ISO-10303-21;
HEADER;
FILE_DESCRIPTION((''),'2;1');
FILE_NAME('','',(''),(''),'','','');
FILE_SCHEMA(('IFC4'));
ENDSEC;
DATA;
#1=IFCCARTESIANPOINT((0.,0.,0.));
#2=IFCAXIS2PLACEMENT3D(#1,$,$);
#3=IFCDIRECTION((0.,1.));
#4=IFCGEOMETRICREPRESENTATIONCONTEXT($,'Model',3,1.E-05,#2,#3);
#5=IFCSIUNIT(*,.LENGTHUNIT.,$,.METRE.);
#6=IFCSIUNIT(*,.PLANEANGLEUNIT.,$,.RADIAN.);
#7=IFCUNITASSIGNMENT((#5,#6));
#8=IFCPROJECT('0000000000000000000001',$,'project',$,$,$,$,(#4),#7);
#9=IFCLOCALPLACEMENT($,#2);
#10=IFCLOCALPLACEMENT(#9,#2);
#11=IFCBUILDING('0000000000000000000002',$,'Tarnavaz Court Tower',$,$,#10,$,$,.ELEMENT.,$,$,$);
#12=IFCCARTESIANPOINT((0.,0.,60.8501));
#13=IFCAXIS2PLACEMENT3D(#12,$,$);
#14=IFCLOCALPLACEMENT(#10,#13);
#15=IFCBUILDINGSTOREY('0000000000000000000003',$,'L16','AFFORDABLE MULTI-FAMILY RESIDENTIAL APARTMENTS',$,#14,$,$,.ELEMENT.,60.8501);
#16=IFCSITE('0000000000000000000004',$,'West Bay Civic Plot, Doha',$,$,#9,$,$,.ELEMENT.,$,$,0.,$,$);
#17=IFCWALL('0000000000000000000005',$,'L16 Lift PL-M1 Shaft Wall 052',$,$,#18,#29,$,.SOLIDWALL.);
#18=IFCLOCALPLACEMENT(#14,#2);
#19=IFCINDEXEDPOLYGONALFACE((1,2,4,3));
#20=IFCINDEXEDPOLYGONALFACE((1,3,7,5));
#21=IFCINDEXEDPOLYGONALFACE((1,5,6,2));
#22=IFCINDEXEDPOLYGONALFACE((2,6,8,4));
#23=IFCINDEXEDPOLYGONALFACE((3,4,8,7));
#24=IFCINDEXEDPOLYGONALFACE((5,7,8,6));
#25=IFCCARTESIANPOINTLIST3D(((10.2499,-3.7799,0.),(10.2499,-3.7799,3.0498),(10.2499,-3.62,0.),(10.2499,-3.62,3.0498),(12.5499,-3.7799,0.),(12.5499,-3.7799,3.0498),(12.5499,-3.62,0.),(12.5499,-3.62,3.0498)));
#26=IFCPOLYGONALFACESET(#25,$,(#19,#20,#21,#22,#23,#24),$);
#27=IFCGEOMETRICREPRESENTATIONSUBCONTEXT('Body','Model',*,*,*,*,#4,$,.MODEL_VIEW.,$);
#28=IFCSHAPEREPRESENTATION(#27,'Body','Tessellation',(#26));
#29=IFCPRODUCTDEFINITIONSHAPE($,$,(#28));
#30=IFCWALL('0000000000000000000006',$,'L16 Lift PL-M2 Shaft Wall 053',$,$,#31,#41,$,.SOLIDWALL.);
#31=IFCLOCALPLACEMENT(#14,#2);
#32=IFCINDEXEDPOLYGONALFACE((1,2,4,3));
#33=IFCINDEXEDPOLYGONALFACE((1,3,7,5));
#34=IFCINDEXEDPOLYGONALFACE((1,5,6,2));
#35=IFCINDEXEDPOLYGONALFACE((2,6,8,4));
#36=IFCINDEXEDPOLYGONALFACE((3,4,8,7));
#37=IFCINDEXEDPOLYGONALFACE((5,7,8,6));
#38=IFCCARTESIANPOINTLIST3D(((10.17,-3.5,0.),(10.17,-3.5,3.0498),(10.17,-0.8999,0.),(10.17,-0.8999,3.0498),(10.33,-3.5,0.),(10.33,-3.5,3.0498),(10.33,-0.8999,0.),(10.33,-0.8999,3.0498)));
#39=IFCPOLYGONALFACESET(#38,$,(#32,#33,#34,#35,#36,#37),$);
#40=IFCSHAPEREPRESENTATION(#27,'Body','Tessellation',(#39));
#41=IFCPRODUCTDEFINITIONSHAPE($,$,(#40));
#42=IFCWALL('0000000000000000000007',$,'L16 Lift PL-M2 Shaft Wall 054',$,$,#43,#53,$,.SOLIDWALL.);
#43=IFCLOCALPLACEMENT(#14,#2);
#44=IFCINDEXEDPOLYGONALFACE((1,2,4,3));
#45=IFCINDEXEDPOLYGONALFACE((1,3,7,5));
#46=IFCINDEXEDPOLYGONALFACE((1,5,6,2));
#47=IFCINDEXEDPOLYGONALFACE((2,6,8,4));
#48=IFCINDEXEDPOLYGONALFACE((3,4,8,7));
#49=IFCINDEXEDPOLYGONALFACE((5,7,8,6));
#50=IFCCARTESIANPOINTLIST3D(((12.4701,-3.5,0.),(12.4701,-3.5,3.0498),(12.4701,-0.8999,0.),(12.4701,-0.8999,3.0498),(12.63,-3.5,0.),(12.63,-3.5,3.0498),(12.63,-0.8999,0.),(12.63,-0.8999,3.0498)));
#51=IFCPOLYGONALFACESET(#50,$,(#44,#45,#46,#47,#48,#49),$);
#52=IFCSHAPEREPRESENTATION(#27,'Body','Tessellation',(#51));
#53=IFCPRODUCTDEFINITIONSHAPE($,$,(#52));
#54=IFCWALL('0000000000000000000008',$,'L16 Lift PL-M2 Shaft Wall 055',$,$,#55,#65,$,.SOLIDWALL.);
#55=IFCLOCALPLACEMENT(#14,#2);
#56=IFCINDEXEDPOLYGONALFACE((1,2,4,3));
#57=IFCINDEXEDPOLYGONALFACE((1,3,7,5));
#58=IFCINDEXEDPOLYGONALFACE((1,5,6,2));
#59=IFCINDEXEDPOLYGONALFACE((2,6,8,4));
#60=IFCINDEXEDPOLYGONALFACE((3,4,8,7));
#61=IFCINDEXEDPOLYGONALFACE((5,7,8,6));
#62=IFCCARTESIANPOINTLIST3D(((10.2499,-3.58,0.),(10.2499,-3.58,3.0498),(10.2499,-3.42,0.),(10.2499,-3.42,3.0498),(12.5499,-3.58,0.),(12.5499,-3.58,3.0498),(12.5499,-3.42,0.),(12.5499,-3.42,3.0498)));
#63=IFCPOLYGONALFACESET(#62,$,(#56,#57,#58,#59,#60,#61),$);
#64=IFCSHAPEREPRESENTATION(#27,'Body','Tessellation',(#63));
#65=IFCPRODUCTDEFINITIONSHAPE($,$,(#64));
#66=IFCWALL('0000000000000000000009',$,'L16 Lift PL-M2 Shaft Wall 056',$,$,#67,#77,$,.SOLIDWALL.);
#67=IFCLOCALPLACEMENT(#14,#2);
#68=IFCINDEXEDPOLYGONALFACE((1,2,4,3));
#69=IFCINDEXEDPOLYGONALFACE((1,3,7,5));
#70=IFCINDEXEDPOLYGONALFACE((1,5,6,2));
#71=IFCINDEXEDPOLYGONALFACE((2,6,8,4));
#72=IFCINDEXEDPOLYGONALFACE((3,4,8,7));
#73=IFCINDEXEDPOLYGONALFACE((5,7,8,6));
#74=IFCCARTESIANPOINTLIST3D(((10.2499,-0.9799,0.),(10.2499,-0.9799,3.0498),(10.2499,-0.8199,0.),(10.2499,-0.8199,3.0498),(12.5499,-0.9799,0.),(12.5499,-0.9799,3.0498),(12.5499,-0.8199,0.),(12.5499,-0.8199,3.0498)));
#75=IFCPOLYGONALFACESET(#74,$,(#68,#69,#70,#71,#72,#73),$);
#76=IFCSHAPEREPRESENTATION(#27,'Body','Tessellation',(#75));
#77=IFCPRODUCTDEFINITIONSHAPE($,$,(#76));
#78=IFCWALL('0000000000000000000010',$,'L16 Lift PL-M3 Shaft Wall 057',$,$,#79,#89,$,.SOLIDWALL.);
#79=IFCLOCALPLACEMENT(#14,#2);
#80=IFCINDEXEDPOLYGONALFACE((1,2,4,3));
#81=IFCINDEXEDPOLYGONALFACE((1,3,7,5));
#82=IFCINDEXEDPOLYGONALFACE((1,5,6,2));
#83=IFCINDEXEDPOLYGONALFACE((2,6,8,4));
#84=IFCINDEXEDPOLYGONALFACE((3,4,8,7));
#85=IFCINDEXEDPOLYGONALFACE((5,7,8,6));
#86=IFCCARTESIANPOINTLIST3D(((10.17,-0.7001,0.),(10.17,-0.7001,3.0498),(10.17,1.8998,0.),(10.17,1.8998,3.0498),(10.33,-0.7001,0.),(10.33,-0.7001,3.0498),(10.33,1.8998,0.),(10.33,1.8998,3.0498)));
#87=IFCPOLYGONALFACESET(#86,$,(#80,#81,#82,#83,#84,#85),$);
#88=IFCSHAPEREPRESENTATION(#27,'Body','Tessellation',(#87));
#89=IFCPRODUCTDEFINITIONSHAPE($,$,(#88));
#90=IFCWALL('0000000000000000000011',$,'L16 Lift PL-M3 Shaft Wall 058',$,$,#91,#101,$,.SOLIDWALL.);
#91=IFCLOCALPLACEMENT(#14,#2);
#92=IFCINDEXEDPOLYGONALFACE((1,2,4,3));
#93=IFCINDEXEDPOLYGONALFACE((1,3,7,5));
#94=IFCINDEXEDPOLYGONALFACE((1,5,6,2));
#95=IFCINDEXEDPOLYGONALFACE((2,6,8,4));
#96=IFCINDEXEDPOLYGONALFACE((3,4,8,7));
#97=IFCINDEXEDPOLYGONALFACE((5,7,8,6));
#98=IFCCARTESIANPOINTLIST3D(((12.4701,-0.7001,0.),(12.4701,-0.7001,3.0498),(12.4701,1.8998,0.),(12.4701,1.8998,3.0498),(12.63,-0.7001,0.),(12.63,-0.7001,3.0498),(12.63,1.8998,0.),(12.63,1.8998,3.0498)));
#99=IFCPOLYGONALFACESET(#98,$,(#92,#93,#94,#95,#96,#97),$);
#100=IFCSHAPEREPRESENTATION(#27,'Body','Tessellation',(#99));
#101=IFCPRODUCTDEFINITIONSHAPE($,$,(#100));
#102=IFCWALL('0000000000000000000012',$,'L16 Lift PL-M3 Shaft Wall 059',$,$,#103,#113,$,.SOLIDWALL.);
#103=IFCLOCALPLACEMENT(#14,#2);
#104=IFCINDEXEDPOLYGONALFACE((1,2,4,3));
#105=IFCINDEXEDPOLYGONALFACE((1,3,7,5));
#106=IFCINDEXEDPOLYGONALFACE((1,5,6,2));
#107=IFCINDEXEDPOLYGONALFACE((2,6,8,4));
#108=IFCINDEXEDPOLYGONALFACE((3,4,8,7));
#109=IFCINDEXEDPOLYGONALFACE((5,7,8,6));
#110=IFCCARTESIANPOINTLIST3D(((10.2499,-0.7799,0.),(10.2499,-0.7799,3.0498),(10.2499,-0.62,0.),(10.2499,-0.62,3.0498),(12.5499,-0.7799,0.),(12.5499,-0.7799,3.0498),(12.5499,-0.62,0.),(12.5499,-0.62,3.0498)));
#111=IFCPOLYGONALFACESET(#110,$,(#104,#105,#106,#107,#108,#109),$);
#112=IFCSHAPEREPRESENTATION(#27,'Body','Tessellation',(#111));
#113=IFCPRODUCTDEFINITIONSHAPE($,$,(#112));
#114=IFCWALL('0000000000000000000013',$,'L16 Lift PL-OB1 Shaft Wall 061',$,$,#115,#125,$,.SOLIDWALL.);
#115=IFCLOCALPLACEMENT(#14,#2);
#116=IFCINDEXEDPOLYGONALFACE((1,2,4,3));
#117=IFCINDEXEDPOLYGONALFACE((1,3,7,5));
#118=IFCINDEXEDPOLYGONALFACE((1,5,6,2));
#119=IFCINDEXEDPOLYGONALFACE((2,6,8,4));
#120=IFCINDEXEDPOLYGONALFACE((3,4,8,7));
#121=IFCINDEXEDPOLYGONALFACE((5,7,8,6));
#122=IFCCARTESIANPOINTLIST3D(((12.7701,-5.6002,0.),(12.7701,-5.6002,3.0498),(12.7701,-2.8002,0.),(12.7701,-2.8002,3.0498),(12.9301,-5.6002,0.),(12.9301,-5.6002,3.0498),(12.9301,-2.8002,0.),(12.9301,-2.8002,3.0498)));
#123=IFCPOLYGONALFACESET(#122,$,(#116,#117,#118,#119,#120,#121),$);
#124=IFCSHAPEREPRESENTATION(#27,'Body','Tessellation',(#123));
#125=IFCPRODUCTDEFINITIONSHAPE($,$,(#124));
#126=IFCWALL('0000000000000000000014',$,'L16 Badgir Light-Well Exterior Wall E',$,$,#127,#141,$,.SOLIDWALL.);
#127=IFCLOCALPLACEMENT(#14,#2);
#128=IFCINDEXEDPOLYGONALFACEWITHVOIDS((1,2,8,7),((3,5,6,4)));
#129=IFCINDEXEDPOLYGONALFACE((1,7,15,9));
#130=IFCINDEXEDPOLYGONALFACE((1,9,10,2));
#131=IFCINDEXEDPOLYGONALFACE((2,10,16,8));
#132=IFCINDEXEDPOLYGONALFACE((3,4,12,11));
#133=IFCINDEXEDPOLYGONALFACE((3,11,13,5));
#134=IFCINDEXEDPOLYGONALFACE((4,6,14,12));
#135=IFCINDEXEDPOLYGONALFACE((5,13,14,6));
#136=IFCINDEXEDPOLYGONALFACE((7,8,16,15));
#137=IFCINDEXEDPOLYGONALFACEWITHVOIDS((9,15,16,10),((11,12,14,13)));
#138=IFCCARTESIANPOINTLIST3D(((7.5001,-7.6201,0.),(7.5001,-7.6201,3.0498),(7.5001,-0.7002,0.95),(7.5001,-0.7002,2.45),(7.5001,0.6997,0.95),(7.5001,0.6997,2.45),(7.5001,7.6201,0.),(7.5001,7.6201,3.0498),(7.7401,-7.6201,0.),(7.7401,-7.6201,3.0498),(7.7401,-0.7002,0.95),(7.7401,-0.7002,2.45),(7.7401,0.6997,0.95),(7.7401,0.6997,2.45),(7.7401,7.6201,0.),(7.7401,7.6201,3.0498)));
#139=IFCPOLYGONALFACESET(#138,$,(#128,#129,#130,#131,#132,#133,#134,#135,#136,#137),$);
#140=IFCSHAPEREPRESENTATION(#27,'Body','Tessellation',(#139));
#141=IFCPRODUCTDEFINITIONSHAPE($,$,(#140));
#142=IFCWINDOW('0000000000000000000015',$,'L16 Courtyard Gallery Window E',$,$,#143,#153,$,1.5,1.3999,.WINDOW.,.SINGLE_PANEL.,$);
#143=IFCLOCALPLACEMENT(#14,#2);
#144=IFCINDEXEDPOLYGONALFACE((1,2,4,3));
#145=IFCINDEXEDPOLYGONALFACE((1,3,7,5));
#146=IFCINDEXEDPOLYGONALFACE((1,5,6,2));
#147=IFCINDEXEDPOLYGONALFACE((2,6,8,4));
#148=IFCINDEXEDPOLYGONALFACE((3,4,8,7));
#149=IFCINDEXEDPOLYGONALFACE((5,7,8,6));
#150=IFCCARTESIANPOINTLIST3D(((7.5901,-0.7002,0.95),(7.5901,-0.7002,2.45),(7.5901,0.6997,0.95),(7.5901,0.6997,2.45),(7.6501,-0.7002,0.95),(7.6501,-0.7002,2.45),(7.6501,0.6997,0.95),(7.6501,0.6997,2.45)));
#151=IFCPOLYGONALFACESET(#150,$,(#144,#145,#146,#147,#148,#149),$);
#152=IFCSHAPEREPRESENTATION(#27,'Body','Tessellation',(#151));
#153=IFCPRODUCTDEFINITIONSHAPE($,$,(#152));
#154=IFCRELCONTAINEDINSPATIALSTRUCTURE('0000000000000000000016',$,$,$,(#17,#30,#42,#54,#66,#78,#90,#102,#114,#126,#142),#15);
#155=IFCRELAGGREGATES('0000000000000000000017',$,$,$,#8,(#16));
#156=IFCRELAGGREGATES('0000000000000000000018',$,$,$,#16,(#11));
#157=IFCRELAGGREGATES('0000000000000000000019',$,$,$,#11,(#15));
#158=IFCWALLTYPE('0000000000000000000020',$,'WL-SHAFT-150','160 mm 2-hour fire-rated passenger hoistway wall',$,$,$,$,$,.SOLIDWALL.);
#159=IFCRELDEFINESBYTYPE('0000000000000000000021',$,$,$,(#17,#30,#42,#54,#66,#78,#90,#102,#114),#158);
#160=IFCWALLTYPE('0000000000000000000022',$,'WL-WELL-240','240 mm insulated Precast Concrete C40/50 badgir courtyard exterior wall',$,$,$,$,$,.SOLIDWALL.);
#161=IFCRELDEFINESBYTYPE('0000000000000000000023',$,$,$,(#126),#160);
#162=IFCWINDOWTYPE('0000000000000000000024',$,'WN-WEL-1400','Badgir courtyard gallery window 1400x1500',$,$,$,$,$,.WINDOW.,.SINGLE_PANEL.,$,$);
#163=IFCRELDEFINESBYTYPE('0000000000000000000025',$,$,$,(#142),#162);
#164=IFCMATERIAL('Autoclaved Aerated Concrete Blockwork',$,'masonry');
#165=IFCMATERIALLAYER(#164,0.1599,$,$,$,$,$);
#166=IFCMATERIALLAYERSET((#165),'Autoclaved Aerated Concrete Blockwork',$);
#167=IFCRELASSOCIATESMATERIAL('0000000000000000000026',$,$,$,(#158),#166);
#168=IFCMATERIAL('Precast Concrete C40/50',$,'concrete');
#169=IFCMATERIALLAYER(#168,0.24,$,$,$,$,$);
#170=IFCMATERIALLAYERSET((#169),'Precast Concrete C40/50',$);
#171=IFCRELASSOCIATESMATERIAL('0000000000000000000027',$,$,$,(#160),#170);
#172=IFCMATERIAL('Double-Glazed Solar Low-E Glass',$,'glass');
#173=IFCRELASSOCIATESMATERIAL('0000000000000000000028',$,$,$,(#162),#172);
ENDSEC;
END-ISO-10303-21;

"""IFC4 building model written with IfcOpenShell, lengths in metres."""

from ifc_helpers import new_model, si_unit, direction, frame, frame_2d, origin, place, context, subcontext, project, spatial, rectangle, extrude, material, layer, layer_set, type_object, element, fill, save


model = new_model("IFC4")

# Units and contexts
model_context = context("Model", 3, precision=1e-05, world=origin(), true_north=direction((0.0, 1.0)))
body_context = subcontext(model_context, "Body", "Model", "MODEL_VIEW")
ifc_project = project(units=[si_unit("LENGTHUNIT", "METRE"), si_unit("PLANEANGLEUNIT", "RADIAN")], contexts=[model_context])

# Site, building, storey
site_placement = place(None, origin())
site = spatial("IfcSite", under=ifc_project, at=site_placement, Name="West Bay Civic Plot, Doha", CompositionType="ELEMENT", RefElevation=0.0)
building_placement = place(site_placement, origin())
building = spatial("IfcBuilding", under=site, at=building_placement, Name="Tarnavaz Court Tower", CompositionType="ELEMENT")
storey_placement = place(building_placement, frame((0.0, 0.0, 60.8501)))
storey = spatial("IfcBuildingStorey", under=building, at=storey_placement, Name="L16", Description="AFFORDABLE MULTI-FAMILY RESIDENTIAL APARTMENTS", CompositionType="ELEMENT", Elevation=60.8501)

# Walls
ifc_material_1 = material(Name="Autoclaved Aerated Concrete Blockwork", Category="masonry")
ifc_layer_1 = layer(ifc_material_1, 0.1599)
ifc_layer_set_1 = layer_set([ifc_layer_1], Name="Autoclaved Aerated Concrete Blockwork")
wall_type_1 = type_object("IfcWallType", Name="WL-SHAFT-150", Description="160 mm 2-hour fire-rated passenger hoistway wall", PredefinedType="SOLIDWALL", material=ifc_layer_set_1)
for number, where, z_axis, x_axis, name in (
    (1, (10.25, -3.7, 0.0), (0.0, 0.0, 1.0), (1.0, 0.0, 0.0), "L16 Lift PL-M1 Shaft Wall 052"),
):
    element("IfcWall", number, at=place(storey_placement, frame(where, z_axis=z_axis, x_axis=x_axis)), inside=storey, type_object=wall_type_1, Name=name, PredefinedType="SOLIDWALL", context=body_context, shape_type="SweptSolid", body=[
        extrude(rectangle(XDim=2.3, YDim=0.1599, at=frame_2d((1.1499, 0.0))), origin(), (0.0, 0.0, 1.0), 3.0498),
    ])
for number, where, z_axis, x_axis, name in (
    (2, (10.25, -3.5, 0.0), (0.0, 0.0, 1.0), (0.0, 1.0, 0.0), "L16 Lift PL-M2 Shaft Wall 053"),
    (3, (12.55, -3.5, 0.0), (0.0, 0.0, 1.0), (0.0, 1.0, 0.0), "L16 Lift PL-M2 Shaft Wall 054"),
):
    element("IfcWall", number, at=place(storey_placement, frame(where, z_axis=z_axis, x_axis=x_axis)), inside=storey, type_object=wall_type_1, Name=name, PredefinedType="SOLIDWALL", context=body_context, shape_type="SweptSolid", body=[
        extrude(rectangle(XDim=2.6001, YDim=0.1599, at=frame_2d((1.3, 0.0))), origin(), (0.0, 0.0, 1.0), 3.0498),
    ])
for number, where, z_axis, x_axis, name in (
    (4, (10.25, -3.5, 0.0), (0.0, 0.0, 1.0), (1.0, 0.0, 0.0), "L16 Lift PL-M2 Shaft Wall 055"),
    (5, (10.25, -0.8999, 0.0), (0.0, 0.0, 1.0), (1.0, 0.0, 0.0), "L16 Lift PL-M2 Shaft Wall 056"),
):
    element("IfcWall", number, at=place(storey_placement, frame(where, z_axis=z_axis, x_axis=x_axis)), inside=storey, type_object=wall_type_1, Name=name, PredefinedType="SOLIDWALL", context=body_context, shape_type="SweptSolid", body=[
        extrude(rectangle(XDim=2.3, YDim=0.1599, at=frame_2d((1.1499, 0.0))), origin(), (0.0, 0.0, 1.0), 3.0498),
    ])
for number, where, z_axis, x_axis, name in (
    (6, (10.25, -0.7, 0.0), (0.0, 0.0, 1.0), (0.0, 1.0, 0.0), "L16 Lift PL-M3 Shaft Wall 057"),
    (7, (12.55, -0.7, 0.0), (0.0, 0.0, 1.0), (0.0, 1.0, 0.0), "L16 Lift PL-M3 Shaft Wall 058"),
):
    element("IfcWall", number, at=place(storey_placement, frame(where, z_axis=z_axis, x_axis=x_axis)), inside=storey, type_object=wall_type_1, Name=name, PredefinedType="SOLIDWALL", context=body_context, shape_type="SweptSolid", body=[
        extrude(rectangle(XDim=2.5999, YDim=0.1599, at=frame_2d((1.2998, 0.0))), origin(), (0.0, 0.0, 1.0), 3.0498),
    ])
wall_1_placement = place(storey_placement, frame((10.25, -0.7, 0.0), z_axis=(0.0, 0.0, 1.0), x_axis=(1.0, 0.0, 0.0)))
element("IfcWall", 8, at=wall_1_placement, inside=storey, type_object=wall_type_1, Name="L16 Lift PL-M3 Shaft Wall 059", PredefinedType="SOLIDWALL", context=body_context, shape_type="SweptSolid", body=[
    extrude(rectangle(XDim=2.3, YDim=0.1599, at=frame_2d((1.1499, 0.0))), origin(), (0.0, 0.0, 1.0), 3.0498),
])
wall_2_placement = place(storey_placement, frame((12.8501, -5.6001, 0.0), z_axis=(0.0, 0.0, 1.0), x_axis=(0.0, 1.0, 0.0)))
element("IfcWall", 9, at=wall_2_placement, inside=storey, type_object=wall_type_1, Name="L16 Lift PL-OB1 Shaft Wall 061", PredefinedType="SOLIDWALL", context=body_context, shape_type="SweptSolid", body=[
    extrude(rectangle(XDim=2.8, YDim=0.1599, at=frame_2d((1.3999, 0.0))), origin(), (0.0, 0.0, 1.0), 3.0498),
])

# Wall, opening, window
ifc_material_2 = material(Name="Precast Concrete C40/50", Category="concrete")
ifc_layer_2 = layer(ifc_material_2, 0.24)
ifc_layer_set_2 = layer_set([ifc_layer_2], Name="Precast Concrete C40/50")
wall_type_2 = type_object("IfcWallType", Name="WL-WELL-240", Description="240 mm insulated Precast Concrete C40/50 badgir courtyard exterior wall", PredefinedType="SOLIDWALL", material=ifc_layer_set_2)
wall_3_placement = place(storey_placement, frame((7.6201, -7.6201, 0.0), z_axis=(0.0, 0.0, 1.0), x_axis=(0.0, 1.0, 0.0)))
wall_3 = element("IfcWall", 10, at=wall_3_placement, inside=storey, type_object=wall_type_2, Name="L16 Badgir Light-Well Exterior Wall E", PredefinedType="SOLIDWALL", context=body_context, shape_type="SweptSolid", body=[
    extrude(rectangle(XDim=15.2402, YDim=0.24, at=frame_2d((7.6201, 0.0))), origin(), (0.0, 0.0, 1.0), 3.0498),
])
opening_1_placement = place(wall_3_placement, frame((6.9199, 0.0, 0.95)))
opening_1 = element("IfcOpeningElement", 11, at=opening_1_placement, cuts=wall_3, PredefinedType="OPENING", context=body_context, shape_type="SweptSolid", body=[
    extrude(rectangle(XDim=1.3999, YDim=1.5, at=frame_2d((0.7, 0.75))), frame((0.0, 0.1299, 0.0), z_axis=(0.0, -1.0, 0.0), x_axis=(1.0, 0.0, 0.0)), (0.0, 0.0, 1.0), 0.26),
])
ifc_material_3 = material(Name="Double-Glazed Solar Low-E Glass", Category="glass")
window_type = type_object("IfcWindowType", Name="WN-WEL-1400", Description="Badgir courtyard gallery window 1400x1500", PartitioningType="SINGLE_PANEL", PredefinedType="WINDOW", material=ifc_material_3)
window_placement = place(opening_1_placement, origin())
window = element("IfcWindow", 12, at=window_placement, inside=storey, type_object=window_type, Name="L16 Courtyard Gallery Window E", OverallHeight=1.5, OverallWidth=1.3999, PartitioningType="SINGLE_PANEL", PredefinedType="WINDOW", context=body_context, shape_type="SweptSolid", body=[
    extrude(rectangle(XDim=1.3999, YDim=1.5, at=frame_2d((0.7, 0.75))), frame((0.0, 0.03, 0.0), z_axis=(0.0, -1.0, 0.0), x_axis=(1.0, 0.0, 0.0)), (0.0, 0.0, 1.0), 0.0601),
])
fill(opening_1, window)

save(model, "model.ifc")
